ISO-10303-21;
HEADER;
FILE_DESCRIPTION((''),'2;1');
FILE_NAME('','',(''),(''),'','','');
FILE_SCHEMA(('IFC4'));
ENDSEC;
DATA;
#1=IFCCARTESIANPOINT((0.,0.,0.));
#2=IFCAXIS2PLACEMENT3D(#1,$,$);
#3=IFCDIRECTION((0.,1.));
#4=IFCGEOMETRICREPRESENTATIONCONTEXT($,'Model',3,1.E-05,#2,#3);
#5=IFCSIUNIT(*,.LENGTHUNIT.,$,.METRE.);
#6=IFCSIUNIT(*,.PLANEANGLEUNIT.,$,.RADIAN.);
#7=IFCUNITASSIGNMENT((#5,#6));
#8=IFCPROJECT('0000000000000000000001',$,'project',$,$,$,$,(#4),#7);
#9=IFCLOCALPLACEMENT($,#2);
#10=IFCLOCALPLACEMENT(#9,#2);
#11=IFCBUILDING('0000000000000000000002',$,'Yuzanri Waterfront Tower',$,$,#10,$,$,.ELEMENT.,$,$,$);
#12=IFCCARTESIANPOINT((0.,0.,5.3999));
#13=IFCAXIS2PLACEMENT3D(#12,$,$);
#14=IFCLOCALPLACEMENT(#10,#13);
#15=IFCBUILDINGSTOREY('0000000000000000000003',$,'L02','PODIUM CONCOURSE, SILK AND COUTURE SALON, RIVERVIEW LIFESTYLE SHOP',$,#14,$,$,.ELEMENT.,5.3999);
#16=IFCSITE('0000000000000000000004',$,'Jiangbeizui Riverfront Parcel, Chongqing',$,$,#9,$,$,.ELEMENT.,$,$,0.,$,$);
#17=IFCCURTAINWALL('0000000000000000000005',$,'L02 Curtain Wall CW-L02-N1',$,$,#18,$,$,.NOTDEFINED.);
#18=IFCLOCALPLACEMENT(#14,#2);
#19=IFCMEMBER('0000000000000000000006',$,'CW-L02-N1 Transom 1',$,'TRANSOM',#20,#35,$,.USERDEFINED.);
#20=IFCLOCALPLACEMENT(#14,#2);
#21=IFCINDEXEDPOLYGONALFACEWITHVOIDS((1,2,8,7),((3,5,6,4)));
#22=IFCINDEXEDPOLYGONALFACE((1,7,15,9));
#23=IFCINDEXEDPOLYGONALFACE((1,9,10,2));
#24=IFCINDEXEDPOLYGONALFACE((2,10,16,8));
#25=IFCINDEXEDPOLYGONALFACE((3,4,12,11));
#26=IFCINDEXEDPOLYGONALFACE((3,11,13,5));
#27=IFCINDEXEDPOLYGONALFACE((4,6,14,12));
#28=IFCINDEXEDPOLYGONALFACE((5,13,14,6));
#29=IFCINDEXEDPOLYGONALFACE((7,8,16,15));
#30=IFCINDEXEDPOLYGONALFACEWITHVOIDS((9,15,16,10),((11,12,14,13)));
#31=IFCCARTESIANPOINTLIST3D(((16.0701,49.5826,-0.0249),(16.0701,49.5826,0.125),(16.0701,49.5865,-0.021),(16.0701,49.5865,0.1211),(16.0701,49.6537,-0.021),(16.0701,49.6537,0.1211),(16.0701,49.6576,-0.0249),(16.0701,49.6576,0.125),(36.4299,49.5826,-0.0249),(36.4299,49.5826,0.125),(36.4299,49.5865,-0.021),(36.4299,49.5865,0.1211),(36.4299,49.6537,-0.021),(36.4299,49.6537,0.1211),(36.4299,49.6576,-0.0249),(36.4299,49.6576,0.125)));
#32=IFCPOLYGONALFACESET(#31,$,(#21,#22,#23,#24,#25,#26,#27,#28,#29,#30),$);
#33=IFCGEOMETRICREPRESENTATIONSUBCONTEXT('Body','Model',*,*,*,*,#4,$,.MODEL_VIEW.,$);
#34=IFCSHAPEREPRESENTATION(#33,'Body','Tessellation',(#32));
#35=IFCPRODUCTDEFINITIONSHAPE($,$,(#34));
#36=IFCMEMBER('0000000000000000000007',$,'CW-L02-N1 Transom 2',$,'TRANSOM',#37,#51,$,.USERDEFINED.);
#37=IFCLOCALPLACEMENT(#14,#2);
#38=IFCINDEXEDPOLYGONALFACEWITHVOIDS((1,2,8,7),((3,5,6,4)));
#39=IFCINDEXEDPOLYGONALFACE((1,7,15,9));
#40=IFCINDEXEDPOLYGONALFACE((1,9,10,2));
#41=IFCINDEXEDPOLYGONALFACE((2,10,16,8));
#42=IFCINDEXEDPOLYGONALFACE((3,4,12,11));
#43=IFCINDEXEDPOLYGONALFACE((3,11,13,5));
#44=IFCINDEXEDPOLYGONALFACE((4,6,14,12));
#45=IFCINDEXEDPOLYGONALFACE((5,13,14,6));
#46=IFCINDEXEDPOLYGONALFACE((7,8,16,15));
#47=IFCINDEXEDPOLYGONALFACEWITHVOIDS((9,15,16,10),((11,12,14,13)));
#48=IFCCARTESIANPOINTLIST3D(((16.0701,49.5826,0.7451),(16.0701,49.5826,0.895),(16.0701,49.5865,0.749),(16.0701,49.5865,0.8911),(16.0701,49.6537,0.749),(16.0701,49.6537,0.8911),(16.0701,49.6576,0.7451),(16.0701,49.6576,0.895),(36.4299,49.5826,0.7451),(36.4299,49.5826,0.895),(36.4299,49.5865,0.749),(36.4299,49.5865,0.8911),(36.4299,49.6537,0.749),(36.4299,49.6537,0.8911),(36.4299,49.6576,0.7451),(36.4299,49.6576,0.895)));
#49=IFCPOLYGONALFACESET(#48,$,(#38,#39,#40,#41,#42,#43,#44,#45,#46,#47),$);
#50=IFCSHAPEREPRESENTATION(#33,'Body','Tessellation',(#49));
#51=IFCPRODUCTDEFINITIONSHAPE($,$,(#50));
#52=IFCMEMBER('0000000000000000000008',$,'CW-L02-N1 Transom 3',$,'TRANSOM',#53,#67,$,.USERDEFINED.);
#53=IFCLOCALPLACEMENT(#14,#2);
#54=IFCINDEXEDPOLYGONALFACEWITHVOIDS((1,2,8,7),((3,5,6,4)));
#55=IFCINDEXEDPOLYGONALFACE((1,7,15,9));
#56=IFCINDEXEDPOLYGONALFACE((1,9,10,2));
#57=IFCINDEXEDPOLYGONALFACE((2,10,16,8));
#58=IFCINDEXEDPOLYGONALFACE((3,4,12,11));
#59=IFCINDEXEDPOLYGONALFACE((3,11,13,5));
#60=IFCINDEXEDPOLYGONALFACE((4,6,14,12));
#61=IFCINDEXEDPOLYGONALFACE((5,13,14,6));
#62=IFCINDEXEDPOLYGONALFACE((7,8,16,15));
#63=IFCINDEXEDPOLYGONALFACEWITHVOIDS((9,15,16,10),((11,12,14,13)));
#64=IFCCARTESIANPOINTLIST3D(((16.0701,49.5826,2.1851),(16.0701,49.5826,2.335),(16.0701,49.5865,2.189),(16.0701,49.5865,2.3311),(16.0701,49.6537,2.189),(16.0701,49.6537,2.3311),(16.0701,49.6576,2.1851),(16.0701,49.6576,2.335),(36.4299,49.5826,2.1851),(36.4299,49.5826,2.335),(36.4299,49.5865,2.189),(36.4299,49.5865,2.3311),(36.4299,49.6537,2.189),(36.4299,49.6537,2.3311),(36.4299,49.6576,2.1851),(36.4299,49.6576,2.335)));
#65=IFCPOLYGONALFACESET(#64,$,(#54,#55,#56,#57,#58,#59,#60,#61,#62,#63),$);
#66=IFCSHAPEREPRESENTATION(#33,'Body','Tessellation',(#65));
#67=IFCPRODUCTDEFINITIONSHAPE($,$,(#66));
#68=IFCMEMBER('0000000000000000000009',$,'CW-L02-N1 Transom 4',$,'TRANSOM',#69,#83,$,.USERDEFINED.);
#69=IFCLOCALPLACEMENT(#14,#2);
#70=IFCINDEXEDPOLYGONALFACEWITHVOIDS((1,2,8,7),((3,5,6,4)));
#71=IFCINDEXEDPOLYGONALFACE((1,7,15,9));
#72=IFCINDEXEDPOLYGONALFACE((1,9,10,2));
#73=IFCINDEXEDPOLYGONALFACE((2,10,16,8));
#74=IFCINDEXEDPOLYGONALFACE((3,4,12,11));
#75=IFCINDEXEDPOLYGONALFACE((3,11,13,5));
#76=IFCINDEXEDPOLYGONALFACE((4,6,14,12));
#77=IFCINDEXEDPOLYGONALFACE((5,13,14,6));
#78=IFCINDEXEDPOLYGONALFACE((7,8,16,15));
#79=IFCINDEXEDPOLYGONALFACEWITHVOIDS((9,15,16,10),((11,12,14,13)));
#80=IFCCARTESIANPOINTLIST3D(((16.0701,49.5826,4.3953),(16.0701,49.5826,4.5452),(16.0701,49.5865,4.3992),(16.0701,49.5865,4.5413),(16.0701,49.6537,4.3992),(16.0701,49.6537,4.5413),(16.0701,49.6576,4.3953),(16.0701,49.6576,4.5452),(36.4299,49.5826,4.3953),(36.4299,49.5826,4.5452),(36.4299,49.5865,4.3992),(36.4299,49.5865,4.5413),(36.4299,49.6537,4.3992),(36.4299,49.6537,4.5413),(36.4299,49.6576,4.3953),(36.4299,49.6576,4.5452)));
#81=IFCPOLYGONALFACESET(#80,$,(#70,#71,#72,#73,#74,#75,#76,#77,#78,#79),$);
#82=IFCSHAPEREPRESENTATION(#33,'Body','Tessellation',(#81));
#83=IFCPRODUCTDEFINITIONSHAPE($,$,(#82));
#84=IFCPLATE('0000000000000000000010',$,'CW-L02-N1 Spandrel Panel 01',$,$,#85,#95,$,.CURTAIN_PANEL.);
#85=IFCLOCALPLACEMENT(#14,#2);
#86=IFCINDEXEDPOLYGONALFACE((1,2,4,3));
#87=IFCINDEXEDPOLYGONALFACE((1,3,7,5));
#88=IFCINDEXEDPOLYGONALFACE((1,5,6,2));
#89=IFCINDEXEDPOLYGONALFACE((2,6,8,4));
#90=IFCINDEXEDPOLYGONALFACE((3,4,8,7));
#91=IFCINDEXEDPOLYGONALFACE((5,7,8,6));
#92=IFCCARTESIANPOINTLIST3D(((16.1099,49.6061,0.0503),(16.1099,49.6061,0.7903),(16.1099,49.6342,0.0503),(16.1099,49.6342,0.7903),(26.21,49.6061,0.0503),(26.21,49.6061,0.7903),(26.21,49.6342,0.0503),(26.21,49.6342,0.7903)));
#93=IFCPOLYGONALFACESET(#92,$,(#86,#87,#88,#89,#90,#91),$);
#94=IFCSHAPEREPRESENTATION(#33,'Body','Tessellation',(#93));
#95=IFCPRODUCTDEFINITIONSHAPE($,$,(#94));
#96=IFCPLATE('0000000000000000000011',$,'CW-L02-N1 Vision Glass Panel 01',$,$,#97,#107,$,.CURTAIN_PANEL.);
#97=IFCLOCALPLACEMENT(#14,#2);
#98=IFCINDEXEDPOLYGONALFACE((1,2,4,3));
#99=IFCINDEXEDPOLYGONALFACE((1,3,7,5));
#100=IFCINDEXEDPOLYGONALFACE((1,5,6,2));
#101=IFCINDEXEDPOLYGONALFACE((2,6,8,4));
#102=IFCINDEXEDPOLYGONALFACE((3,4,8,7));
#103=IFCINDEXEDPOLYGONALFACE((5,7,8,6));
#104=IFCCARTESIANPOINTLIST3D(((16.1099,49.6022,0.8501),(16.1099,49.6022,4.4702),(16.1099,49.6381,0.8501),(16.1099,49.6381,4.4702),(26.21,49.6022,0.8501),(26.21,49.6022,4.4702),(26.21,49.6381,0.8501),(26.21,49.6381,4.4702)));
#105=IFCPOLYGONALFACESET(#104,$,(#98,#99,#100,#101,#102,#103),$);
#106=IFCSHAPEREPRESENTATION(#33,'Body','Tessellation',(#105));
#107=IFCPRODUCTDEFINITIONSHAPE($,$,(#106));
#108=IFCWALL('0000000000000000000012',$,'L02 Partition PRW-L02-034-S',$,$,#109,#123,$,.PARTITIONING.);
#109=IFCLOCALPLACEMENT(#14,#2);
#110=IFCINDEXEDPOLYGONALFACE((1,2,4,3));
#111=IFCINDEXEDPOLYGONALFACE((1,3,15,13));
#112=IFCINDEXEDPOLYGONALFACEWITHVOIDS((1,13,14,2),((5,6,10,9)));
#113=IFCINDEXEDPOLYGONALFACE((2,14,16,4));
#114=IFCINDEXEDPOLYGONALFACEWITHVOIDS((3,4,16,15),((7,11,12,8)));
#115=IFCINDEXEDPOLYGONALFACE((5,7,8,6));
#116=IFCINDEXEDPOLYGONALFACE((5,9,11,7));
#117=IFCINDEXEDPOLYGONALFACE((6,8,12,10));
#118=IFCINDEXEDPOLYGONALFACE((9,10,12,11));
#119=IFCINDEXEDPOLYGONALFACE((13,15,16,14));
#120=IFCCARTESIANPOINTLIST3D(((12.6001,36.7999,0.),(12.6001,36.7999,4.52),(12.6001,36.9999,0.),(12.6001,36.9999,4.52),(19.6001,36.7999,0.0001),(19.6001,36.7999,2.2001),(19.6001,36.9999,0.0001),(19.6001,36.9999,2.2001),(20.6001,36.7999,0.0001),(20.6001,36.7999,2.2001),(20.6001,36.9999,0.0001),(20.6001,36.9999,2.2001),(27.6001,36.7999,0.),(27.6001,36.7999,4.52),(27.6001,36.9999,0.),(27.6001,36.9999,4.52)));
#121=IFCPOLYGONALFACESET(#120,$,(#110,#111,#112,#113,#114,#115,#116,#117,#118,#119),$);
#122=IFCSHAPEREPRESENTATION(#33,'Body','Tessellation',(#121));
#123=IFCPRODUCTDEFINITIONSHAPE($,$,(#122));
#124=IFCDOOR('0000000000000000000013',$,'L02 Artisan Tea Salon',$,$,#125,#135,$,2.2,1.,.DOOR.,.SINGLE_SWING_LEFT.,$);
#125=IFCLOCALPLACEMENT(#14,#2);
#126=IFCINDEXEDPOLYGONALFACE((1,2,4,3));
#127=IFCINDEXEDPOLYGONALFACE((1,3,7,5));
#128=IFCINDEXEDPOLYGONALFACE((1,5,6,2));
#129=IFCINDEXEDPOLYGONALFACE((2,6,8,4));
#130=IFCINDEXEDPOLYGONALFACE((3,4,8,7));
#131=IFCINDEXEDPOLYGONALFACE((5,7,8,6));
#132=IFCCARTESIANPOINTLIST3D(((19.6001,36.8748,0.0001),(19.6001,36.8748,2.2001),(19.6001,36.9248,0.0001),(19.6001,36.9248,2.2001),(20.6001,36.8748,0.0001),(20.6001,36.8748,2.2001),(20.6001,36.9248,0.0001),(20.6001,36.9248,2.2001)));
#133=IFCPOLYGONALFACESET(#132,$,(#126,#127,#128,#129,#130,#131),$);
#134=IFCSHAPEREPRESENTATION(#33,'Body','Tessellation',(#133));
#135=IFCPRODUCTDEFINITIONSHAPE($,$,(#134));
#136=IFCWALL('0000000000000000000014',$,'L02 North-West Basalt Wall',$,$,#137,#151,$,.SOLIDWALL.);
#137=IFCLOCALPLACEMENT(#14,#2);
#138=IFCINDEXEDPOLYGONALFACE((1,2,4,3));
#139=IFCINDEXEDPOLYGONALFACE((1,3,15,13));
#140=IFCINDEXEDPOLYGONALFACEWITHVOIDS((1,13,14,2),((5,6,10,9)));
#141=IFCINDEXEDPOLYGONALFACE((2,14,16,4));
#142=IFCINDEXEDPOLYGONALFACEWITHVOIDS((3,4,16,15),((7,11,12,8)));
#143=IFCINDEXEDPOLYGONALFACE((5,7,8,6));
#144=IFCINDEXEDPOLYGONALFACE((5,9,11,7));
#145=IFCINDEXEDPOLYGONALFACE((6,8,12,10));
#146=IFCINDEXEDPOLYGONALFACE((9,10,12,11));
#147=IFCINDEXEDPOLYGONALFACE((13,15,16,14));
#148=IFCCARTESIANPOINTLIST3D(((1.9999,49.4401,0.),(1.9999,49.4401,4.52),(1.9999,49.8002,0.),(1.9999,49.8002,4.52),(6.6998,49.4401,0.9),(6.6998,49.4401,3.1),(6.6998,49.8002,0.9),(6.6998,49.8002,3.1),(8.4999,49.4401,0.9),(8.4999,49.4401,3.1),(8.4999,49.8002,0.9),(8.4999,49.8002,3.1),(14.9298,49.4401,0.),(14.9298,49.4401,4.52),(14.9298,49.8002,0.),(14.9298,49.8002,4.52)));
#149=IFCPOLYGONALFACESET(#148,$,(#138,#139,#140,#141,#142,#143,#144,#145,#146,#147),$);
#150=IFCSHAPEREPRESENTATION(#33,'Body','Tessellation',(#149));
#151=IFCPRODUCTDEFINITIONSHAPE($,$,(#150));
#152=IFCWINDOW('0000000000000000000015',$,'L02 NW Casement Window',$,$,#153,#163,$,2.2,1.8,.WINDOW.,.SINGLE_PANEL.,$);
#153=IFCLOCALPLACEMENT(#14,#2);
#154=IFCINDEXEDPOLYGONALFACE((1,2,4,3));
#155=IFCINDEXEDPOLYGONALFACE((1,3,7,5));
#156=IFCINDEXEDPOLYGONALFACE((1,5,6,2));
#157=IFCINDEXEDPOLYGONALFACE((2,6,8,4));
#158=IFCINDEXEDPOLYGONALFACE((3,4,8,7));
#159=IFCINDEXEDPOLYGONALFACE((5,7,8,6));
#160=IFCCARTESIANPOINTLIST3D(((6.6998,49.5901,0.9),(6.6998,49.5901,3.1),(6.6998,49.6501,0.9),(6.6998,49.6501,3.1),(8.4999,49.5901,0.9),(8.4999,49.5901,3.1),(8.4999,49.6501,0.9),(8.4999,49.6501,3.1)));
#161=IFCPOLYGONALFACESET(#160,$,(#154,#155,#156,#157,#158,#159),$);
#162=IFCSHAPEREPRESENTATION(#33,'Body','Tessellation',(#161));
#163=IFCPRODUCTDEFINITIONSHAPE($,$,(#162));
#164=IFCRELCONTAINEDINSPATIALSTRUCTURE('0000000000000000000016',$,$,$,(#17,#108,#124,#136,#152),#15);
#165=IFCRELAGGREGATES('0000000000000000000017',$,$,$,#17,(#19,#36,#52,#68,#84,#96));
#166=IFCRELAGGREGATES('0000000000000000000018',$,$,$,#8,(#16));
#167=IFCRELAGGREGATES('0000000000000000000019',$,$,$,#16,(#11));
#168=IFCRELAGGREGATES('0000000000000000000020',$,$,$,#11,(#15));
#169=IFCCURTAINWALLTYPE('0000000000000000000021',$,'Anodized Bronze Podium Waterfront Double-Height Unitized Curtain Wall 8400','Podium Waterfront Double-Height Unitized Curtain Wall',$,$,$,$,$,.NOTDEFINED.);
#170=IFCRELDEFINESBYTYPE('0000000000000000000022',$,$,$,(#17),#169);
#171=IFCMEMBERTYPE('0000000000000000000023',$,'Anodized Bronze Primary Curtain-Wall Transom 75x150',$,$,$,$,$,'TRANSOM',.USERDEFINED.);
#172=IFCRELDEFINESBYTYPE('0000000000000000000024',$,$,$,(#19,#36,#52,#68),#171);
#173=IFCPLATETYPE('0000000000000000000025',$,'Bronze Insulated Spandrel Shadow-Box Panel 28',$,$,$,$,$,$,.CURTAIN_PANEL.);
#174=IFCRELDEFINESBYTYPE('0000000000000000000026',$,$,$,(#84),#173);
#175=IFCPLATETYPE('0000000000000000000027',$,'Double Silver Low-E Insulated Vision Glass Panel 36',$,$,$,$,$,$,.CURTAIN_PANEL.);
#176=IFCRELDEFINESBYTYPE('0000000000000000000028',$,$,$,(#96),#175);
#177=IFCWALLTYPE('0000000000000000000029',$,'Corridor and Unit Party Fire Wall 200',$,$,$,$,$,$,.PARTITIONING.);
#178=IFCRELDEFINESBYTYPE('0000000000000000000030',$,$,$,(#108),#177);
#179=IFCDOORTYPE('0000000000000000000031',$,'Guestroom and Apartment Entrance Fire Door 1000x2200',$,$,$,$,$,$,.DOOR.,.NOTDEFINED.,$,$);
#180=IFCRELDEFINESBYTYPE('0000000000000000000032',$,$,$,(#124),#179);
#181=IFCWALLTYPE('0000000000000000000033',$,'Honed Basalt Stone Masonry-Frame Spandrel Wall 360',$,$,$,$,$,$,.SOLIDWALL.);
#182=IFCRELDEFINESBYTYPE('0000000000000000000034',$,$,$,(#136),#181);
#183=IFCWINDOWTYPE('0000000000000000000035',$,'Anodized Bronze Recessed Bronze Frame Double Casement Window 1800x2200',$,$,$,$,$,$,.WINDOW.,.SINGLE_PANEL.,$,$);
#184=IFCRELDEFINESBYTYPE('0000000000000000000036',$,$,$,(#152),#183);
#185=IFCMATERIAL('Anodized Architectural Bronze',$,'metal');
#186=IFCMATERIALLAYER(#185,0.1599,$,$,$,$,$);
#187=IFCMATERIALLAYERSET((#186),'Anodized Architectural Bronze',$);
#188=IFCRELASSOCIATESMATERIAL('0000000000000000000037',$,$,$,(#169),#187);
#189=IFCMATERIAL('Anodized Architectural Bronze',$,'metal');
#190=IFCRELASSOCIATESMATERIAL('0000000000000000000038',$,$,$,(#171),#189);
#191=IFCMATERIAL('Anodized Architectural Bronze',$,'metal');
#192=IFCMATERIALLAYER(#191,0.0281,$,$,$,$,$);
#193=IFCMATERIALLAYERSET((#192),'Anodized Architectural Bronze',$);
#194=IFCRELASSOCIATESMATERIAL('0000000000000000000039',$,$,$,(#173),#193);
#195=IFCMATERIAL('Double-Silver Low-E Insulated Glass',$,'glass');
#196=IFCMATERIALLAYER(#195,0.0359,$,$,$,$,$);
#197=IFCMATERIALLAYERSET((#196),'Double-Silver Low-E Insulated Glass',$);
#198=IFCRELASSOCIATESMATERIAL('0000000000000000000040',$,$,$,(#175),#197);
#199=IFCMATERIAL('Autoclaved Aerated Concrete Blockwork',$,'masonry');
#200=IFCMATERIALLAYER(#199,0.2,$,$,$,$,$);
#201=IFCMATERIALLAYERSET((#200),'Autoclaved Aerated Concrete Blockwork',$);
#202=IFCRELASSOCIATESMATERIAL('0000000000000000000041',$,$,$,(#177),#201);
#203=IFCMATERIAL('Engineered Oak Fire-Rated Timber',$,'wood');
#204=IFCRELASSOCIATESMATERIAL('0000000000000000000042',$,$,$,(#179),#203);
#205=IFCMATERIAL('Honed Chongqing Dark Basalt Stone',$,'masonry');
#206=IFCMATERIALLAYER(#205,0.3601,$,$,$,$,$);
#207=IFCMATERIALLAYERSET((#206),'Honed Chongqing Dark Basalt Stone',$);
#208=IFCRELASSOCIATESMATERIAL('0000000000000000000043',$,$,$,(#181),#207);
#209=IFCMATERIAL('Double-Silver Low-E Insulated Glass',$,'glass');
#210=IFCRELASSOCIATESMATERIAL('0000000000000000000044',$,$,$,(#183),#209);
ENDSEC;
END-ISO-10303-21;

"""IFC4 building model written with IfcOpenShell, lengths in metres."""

from ifc_helpers import new_model, si_unit, direction, frame, frame_2d, origin, origin_2d, place, context, subcontext, project, spatial, rectangle, hollow_rectangle, extrude, source, transform, mapped, material, layer, layer_set, material_profile, profile_set, type_object, element, fill, aggregate, save


model = new_model("IFC4")

# Units and contexts
model_context = context("Model", 3, precision=1e-05, world=origin(), true_north=direction((0.0, 1.0)))
body_context = subcontext(model_context, "Body", "Model", "MODEL_VIEW")
ifc_project = project(units=[si_unit("LENGTHUNIT", "METRE"), si_unit("PLANEANGLEUNIT", "RADIAN")], contexts=[model_context])

# Site, building, storey
site_placement = place(None, origin())
site = spatial("IfcSite", under=ifc_project, at=site_placement, Name="Jiangbeizui Riverfront Parcel, Chongqing", CompositionType="ELEMENT", RefElevation=0.0)
building_placement = place(site_placement, origin())
building = spatial("IfcBuilding", under=site, at=building_placement, Name="Yuzanri Waterfront Tower", CompositionType="ELEMENT")
storey_placement = place(building_placement, frame((0.0, 0.0, 5.3999)))
storey = spatial("IfcBuildingStorey", under=building, at=storey_placement, Name="L02", Description="PODIUM CONCOURSE, SILK AND COUTURE SALON, RIVERVIEW LIFESTYLE SHOP", CompositionType="ELEMENT", Elevation=5.3999)

# Curtain wall
ifc_material_1 = material(Name="Anodized Architectural Bronze", Category="metal")
ifc_layer_1 = layer(ifc_material_1, 0.1599)
ifc_layer_set_1 = layer_set([ifc_layer_1], Name="Anodized Architectural Bronze")
curtain_wall_type = type_object("IfcCurtainWallType", Name="Anodized Bronze Podium Waterfront Double-Height Unitized Curtain Wall 8400", Description="Podium Waterfront Double-Height Unitized Curtain Wall", PredefinedType="NOTDEFINED", material=ifc_layer_set_1)
curtain_wall_1_placement = place(storey_placement, origin())
curtain_wall_1 = element("IfcCurtainWall", 1, at=curtain_wall_1_placement, inside=storey, type_object=curtain_wall_type, Name="L02 Curtain Wall CW-L02-N1", PredefinedType="NOTDEFINED")

# Members
ifc_material_2 = material(Name="Anodized Architectural Bronze", Category="metal")
ifc_material_profile_1 = material_profile(ifc_material_2, hollow_rectangle(XDim=0.075, YDim=0.1499, WallThickness=0.0039, at=origin_2d()), Name="CWT 75x150")
ifc_profile_set_1 = profile_set([ifc_material_profile_1], Name="Anodized Architectural Bronze")
member_type_1 = type_object("IfcMemberType", Name="Anodized Bronze Primary Curtain-Wall Transom 75x150", ElementType="TRANSOM", PredefinedType="USERDEFINED", material=ifc_profile_set_1)
shared_shape_1 = source(origin(), body_context, "Body", "SweptSolid", [
    extrude(hollow_rectangle(XDim=0.075, YDim=0.1499, WallThickness=0.0039, at=origin_2d()), origin(), (0.0, 0.0, 1.0), 20.3599),
])
member_1_placement = place(storey_placement, frame((16.0701, 49.6201, 0.05), z_axis=(1.0, 0.0, 0.0), x_axis=(0.0, 1.0, 0.0)))
member_1 = element("IfcMember", 2, at=member_1_placement, type_object=member_type_1, Name="CW-L02-N1 Transom 1", ObjectType="TRANSOM", PredefinedType="USERDEFINED", context=body_context, shape_type="MappedRepresentation", body=[
    mapped(shared_shape_1, transform((0.0, 0.0, 0.0), scale=1.0)),
])
member_2_placement = place(storey_placement, frame((16.0701, 49.6201, 0.8201), z_axis=(1.0, 0.0, 0.0), x_axis=(0.0, 1.0, 0.0)))
member_2 = element("IfcMember", 3, at=member_2_placement, type_object=member_type_1, Name="CW-L02-N1 Transom 2", ObjectType="TRANSOM", PredefinedType="USERDEFINED", context=body_context, shape_type="MappedRepresentation", body=[
    mapped(shared_shape_1, transform((0.0, 0.0, 0.0), scale=1.0)),
])
member_3_placement = place(storey_placement, frame((16.0701, 49.6201, 2.26), z_axis=(1.0, 0.0, 0.0), x_axis=(0.0, 1.0, 0.0)))
member_3 = element("IfcMember", 4, at=member_3_placement, type_object=member_type_1, Name="CW-L02-N1 Transom 3", ObjectType="TRANSOM", PredefinedType="USERDEFINED", context=body_context, shape_type="MappedRepresentation", body=[
    mapped(shared_shape_1, transform((0.0, 0.0, 0.0), scale=1.0)),
])
member_4_placement = place(storey_placement, frame((16.0701, 49.6201, 4.4702), z_axis=(1.0, 0.0, 0.0), x_axis=(0.0, 1.0, 0.0)))
member_4 = element("IfcMember", 5, at=member_4_placement, type_object=member_type_1, Name="CW-L02-N1 Transom 4", ObjectType="TRANSOM", PredefinedType="USERDEFINED", context=body_context, shape_type="MappedRepresentation", body=[
    mapped(shared_shape_1, transform((0.0, 0.0, 0.0), scale=1.0)),
])

# Plates
ifc_material_3 = material(Name="Anodized Architectural Bronze", Category="metal")
ifc_layer_2 = layer(ifc_material_3, 0.0281)
ifc_layer_set_2 = layer_set([ifc_layer_2], Name="Anodized Architectural Bronze")
plate_type_1 = type_object("IfcPlateType", Name="Bronze Insulated Spandrel Shadow-Box Panel 28", PredefinedType="CURTAIN_PANEL", material=ifc_layer_set_2)
shared_shape_2 = source(origin(), body_context, "Body", "SweptSolid", [
    extrude(rectangle(XDim=10.1001, YDim=0.0281, at=origin_2d()), origin(), (0.0, 0.0, 1.0), 0.74),
])
plate_1_placement = place(storey_placement, frame((21.1599, 49.6201, 0.0503), z_axis=(0.0, 0.0, 1.0), x_axis=(1.0, 0.0, 0.0)))
plate_1 = element("IfcPlate", 6, at=plate_1_placement, type_object=plate_type_1, Name="CW-L02-N1 Spandrel Panel 01", PredefinedType="CURTAIN_PANEL", context=body_context, shape_type="MappedRepresentation", body=[
    mapped(shared_shape_2, transform((0.0, 0.0, 0.0), scale=1.0)),
])
ifc_material_4 = material(Name="Double-Silver Low-E Insulated Glass", Category="glass")
ifc_layer_3 = layer(ifc_material_4, 0.0359)
ifc_layer_set_3 = layer_set([ifc_layer_3], Name="Double-Silver Low-E Insulated Glass")
plate_type_2 = type_object("IfcPlateType", Name="Double Silver Low-E Insulated Vision Glass Panel 36", PredefinedType="CURTAIN_PANEL", material=ifc_layer_set_3)
shared_shape_3 = source(origin(), body_context, "Body", "SweptSolid", [
    extrude(rectangle(XDim=10.1001, YDim=0.0359, at=origin_2d()), origin(), (0.0, 0.0, 1.0), 3.6201),
])
plate_2_placement = place(storey_placement, frame((21.1599, 49.6201, 0.8501), z_axis=(0.0, 0.0, 1.0), x_axis=(1.0, 0.0, 0.0)))
plate_2 = element("IfcPlate", 7, at=plate_2_placement, type_object=plate_type_2, Name="CW-L02-N1 Vision Glass Panel 01", PredefinedType="CURTAIN_PANEL", context=body_context, shape_type="MappedRepresentation", body=[
    mapped(shared_shape_3, transform((0.0, 0.0, 0.0), scale=1.0)),
])
aggregate(curtain_wall_1, [member_1, member_2, member_3, member_4, plate_1, plate_2])

# Wall, opening, door
ifc_material_5 = material(Name="Autoclaved Aerated Concrete Blockwork", Category="masonry")
ifc_layer_4 = layer(ifc_material_5, 0.2)
ifc_layer_set_4 = layer_set([ifc_layer_4], Name="Autoclaved Aerated Concrete Blockwork")
wall_type_1 = type_object("IfcWallType", Name="Corridor and Unit Party Fire Wall 200", PredefinedType="PARTITIONING", material=ifc_layer_set_4)
wall_1_placement = place(storey_placement, frame((12.6001, 36.8999, 0.0), z_axis=(0.0, 0.0, 1.0), x_axis=(1.0, 0.0, 0.0)))
wall_1 = element("IfcWall", 8, at=wall_1_placement, inside=storey, type_object=wall_type_1, Name="L02 Partition PRW-L02-034-S", PredefinedType="PARTITIONING", context=body_context, shape_type="SweptSolid", body=[
    extrude(rectangle(XDim=15.0, YDim=0.2, at=frame_2d((7.5, 0.0))), origin(), (0.0, 0.0, 1.0), 4.52),
])
opening_1_placement = place(wall_1_placement, frame((7.0, 0.0, 0.0)))
opening_1 = element("IfcOpeningElement", 9, at=opening_1_placement, cuts=wall_1, PredefinedType="OPENING", context=body_context, shape_type="SweptSolid", body=[
    extrude(rectangle(XDim=1.0, YDim=2.2, at=frame_2d((0.5, 1.1001))), frame((0.0, 0.1147, 0.0), z_axis=(0.0, -1.0, 0.0), x_axis=(1.0, 0.0, 0.0)), (0.0, 0.0, 1.0), 0.2297),
])
ifc_material_6 = material(Name="Engineered Oak Fire-Rated Timber", Category="wood")
door_type_1 = type_object("IfcDoorType", Name="Guestroom and Apartment Entrance Fire Door 1000x2200", OperationType="NOTDEFINED", PredefinedType="DOOR", material=ifc_material_6)
shared_shape_4 = source(origin(), body_context, "Body", "SweptSolid", [
    extrude(rectangle(XDim=1.0, YDim=2.2, at=frame_2d((0.5, 1.1001))), frame((0.0, 0.0249, 0.0), z_axis=(0.0, -1.0, 0.0), x_axis=(1.0, 0.0, 0.0)), (0.0, 0.0, 1.0), 0.05),
])
door_1_placement = place(opening_1_placement, origin())
door_1 = element("IfcDoor", 10, at=door_1_placement, inside=storey, type_object=door_type_1, Name="L02 Artisan Tea Salon", OperationType="SINGLE_SWING_LEFT", OverallHeight=2.2, OverallWidth=1.0, PredefinedType="DOOR", context=body_context, shape_type="MappedRepresentation", body=[
    mapped(shared_shape_4, transform((0.0, 0.0, 0.0), scale=1.0)),
])
fill(opening_1, door_1)

# Wall, opening, window
ifc_material_7 = material(Name="Honed Chongqing Dark Basalt Stone", Category="masonry")
ifc_layer_5 = layer(ifc_material_7, 0.3601)
ifc_layer_set_5 = layer_set([ifc_layer_5], Name="Honed Chongqing Dark Basalt Stone")
wall_type_2 = type_object("IfcWallType", Name="Honed Basalt Stone Masonry-Frame Spandrel Wall 360", PredefinedType="SOLIDWALL", material=ifc_layer_set_5)
wall_2_placement = place(storey_placement, frame((2.0, 49.6201, 0.0), z_axis=(0.0, 0.0, 1.0), x_axis=(1.0, 0.0, 0.0)))
wall_2 = element("IfcWall", 11, at=wall_2_placement, inside=storey, type_object=wall_type_2, Name="L02 North-West Basalt Wall", PredefinedType="SOLIDWALL", context=body_context, shape_type="SweptSolid", body=[
    extrude(rectangle(XDim=12.9299, YDim=0.3601, at=frame_2d((6.4648, 0.0))), origin(), (0.0, 0.0, 1.0), 4.52),
])
opening_2_placement = place(wall_2_placement, frame((4.7, 0.0, 0.8999)))
opening_2 = element("IfcOpeningElement", 12, at=opening_2_placement, cuts=wall_2, PredefinedType="OPENING", context=body_context, shape_type="SweptSolid", body=[
    extrude(rectangle(XDim=1.8, YDim=2.2, at=frame_2d((0.8999, 1.1001))), frame((0.0, 0.1948, 0.0), z_axis=(0.0, -1.0, 0.0), x_axis=(1.0, 0.0, 0.0)), (0.0, 0.0, 1.0), 0.3899),
])
ifc_material_8 = material(Name="Double-Silver Low-E Insulated Glass", Category="glass")
window_type_1 = type_object("IfcWindowType", Name="Anodized Bronze Recessed Bronze Frame Double Casement Window 1800x2200", PartitioningType="SINGLE_PANEL", PredefinedType="WINDOW", material=ifc_material_8)
shared_shape_5 = source(origin(), body_context, "Body", "SweptSolid", [
    extrude(rectangle(XDim=1.8, YDim=2.2, at=frame_2d((0.8999, 1.1001))), frame((0.0, 0.03, 0.0), z_axis=(0.0, -1.0, 0.0), x_axis=(1.0, 0.0, 0.0)), (0.0, 0.0, 1.0), 0.0601),
])
window_1_placement = place(opening_2_placement, origin())
window_1 = element("IfcWindow", 13, at=window_1_placement, inside=storey, type_object=window_type_1, Name="L02 NW Casement Window", OverallHeight=2.2, OverallWidth=1.8, PartitioningType="SINGLE_PANEL", PredefinedType="WINDOW", context=body_context, shape_type="MappedRepresentation", body=[
    mapped(shared_shape_5, transform((0.0, 0.0, 0.0), scale=1.0)),
])
fill(opening_2, window_1)

save(model, "model.ifc")
